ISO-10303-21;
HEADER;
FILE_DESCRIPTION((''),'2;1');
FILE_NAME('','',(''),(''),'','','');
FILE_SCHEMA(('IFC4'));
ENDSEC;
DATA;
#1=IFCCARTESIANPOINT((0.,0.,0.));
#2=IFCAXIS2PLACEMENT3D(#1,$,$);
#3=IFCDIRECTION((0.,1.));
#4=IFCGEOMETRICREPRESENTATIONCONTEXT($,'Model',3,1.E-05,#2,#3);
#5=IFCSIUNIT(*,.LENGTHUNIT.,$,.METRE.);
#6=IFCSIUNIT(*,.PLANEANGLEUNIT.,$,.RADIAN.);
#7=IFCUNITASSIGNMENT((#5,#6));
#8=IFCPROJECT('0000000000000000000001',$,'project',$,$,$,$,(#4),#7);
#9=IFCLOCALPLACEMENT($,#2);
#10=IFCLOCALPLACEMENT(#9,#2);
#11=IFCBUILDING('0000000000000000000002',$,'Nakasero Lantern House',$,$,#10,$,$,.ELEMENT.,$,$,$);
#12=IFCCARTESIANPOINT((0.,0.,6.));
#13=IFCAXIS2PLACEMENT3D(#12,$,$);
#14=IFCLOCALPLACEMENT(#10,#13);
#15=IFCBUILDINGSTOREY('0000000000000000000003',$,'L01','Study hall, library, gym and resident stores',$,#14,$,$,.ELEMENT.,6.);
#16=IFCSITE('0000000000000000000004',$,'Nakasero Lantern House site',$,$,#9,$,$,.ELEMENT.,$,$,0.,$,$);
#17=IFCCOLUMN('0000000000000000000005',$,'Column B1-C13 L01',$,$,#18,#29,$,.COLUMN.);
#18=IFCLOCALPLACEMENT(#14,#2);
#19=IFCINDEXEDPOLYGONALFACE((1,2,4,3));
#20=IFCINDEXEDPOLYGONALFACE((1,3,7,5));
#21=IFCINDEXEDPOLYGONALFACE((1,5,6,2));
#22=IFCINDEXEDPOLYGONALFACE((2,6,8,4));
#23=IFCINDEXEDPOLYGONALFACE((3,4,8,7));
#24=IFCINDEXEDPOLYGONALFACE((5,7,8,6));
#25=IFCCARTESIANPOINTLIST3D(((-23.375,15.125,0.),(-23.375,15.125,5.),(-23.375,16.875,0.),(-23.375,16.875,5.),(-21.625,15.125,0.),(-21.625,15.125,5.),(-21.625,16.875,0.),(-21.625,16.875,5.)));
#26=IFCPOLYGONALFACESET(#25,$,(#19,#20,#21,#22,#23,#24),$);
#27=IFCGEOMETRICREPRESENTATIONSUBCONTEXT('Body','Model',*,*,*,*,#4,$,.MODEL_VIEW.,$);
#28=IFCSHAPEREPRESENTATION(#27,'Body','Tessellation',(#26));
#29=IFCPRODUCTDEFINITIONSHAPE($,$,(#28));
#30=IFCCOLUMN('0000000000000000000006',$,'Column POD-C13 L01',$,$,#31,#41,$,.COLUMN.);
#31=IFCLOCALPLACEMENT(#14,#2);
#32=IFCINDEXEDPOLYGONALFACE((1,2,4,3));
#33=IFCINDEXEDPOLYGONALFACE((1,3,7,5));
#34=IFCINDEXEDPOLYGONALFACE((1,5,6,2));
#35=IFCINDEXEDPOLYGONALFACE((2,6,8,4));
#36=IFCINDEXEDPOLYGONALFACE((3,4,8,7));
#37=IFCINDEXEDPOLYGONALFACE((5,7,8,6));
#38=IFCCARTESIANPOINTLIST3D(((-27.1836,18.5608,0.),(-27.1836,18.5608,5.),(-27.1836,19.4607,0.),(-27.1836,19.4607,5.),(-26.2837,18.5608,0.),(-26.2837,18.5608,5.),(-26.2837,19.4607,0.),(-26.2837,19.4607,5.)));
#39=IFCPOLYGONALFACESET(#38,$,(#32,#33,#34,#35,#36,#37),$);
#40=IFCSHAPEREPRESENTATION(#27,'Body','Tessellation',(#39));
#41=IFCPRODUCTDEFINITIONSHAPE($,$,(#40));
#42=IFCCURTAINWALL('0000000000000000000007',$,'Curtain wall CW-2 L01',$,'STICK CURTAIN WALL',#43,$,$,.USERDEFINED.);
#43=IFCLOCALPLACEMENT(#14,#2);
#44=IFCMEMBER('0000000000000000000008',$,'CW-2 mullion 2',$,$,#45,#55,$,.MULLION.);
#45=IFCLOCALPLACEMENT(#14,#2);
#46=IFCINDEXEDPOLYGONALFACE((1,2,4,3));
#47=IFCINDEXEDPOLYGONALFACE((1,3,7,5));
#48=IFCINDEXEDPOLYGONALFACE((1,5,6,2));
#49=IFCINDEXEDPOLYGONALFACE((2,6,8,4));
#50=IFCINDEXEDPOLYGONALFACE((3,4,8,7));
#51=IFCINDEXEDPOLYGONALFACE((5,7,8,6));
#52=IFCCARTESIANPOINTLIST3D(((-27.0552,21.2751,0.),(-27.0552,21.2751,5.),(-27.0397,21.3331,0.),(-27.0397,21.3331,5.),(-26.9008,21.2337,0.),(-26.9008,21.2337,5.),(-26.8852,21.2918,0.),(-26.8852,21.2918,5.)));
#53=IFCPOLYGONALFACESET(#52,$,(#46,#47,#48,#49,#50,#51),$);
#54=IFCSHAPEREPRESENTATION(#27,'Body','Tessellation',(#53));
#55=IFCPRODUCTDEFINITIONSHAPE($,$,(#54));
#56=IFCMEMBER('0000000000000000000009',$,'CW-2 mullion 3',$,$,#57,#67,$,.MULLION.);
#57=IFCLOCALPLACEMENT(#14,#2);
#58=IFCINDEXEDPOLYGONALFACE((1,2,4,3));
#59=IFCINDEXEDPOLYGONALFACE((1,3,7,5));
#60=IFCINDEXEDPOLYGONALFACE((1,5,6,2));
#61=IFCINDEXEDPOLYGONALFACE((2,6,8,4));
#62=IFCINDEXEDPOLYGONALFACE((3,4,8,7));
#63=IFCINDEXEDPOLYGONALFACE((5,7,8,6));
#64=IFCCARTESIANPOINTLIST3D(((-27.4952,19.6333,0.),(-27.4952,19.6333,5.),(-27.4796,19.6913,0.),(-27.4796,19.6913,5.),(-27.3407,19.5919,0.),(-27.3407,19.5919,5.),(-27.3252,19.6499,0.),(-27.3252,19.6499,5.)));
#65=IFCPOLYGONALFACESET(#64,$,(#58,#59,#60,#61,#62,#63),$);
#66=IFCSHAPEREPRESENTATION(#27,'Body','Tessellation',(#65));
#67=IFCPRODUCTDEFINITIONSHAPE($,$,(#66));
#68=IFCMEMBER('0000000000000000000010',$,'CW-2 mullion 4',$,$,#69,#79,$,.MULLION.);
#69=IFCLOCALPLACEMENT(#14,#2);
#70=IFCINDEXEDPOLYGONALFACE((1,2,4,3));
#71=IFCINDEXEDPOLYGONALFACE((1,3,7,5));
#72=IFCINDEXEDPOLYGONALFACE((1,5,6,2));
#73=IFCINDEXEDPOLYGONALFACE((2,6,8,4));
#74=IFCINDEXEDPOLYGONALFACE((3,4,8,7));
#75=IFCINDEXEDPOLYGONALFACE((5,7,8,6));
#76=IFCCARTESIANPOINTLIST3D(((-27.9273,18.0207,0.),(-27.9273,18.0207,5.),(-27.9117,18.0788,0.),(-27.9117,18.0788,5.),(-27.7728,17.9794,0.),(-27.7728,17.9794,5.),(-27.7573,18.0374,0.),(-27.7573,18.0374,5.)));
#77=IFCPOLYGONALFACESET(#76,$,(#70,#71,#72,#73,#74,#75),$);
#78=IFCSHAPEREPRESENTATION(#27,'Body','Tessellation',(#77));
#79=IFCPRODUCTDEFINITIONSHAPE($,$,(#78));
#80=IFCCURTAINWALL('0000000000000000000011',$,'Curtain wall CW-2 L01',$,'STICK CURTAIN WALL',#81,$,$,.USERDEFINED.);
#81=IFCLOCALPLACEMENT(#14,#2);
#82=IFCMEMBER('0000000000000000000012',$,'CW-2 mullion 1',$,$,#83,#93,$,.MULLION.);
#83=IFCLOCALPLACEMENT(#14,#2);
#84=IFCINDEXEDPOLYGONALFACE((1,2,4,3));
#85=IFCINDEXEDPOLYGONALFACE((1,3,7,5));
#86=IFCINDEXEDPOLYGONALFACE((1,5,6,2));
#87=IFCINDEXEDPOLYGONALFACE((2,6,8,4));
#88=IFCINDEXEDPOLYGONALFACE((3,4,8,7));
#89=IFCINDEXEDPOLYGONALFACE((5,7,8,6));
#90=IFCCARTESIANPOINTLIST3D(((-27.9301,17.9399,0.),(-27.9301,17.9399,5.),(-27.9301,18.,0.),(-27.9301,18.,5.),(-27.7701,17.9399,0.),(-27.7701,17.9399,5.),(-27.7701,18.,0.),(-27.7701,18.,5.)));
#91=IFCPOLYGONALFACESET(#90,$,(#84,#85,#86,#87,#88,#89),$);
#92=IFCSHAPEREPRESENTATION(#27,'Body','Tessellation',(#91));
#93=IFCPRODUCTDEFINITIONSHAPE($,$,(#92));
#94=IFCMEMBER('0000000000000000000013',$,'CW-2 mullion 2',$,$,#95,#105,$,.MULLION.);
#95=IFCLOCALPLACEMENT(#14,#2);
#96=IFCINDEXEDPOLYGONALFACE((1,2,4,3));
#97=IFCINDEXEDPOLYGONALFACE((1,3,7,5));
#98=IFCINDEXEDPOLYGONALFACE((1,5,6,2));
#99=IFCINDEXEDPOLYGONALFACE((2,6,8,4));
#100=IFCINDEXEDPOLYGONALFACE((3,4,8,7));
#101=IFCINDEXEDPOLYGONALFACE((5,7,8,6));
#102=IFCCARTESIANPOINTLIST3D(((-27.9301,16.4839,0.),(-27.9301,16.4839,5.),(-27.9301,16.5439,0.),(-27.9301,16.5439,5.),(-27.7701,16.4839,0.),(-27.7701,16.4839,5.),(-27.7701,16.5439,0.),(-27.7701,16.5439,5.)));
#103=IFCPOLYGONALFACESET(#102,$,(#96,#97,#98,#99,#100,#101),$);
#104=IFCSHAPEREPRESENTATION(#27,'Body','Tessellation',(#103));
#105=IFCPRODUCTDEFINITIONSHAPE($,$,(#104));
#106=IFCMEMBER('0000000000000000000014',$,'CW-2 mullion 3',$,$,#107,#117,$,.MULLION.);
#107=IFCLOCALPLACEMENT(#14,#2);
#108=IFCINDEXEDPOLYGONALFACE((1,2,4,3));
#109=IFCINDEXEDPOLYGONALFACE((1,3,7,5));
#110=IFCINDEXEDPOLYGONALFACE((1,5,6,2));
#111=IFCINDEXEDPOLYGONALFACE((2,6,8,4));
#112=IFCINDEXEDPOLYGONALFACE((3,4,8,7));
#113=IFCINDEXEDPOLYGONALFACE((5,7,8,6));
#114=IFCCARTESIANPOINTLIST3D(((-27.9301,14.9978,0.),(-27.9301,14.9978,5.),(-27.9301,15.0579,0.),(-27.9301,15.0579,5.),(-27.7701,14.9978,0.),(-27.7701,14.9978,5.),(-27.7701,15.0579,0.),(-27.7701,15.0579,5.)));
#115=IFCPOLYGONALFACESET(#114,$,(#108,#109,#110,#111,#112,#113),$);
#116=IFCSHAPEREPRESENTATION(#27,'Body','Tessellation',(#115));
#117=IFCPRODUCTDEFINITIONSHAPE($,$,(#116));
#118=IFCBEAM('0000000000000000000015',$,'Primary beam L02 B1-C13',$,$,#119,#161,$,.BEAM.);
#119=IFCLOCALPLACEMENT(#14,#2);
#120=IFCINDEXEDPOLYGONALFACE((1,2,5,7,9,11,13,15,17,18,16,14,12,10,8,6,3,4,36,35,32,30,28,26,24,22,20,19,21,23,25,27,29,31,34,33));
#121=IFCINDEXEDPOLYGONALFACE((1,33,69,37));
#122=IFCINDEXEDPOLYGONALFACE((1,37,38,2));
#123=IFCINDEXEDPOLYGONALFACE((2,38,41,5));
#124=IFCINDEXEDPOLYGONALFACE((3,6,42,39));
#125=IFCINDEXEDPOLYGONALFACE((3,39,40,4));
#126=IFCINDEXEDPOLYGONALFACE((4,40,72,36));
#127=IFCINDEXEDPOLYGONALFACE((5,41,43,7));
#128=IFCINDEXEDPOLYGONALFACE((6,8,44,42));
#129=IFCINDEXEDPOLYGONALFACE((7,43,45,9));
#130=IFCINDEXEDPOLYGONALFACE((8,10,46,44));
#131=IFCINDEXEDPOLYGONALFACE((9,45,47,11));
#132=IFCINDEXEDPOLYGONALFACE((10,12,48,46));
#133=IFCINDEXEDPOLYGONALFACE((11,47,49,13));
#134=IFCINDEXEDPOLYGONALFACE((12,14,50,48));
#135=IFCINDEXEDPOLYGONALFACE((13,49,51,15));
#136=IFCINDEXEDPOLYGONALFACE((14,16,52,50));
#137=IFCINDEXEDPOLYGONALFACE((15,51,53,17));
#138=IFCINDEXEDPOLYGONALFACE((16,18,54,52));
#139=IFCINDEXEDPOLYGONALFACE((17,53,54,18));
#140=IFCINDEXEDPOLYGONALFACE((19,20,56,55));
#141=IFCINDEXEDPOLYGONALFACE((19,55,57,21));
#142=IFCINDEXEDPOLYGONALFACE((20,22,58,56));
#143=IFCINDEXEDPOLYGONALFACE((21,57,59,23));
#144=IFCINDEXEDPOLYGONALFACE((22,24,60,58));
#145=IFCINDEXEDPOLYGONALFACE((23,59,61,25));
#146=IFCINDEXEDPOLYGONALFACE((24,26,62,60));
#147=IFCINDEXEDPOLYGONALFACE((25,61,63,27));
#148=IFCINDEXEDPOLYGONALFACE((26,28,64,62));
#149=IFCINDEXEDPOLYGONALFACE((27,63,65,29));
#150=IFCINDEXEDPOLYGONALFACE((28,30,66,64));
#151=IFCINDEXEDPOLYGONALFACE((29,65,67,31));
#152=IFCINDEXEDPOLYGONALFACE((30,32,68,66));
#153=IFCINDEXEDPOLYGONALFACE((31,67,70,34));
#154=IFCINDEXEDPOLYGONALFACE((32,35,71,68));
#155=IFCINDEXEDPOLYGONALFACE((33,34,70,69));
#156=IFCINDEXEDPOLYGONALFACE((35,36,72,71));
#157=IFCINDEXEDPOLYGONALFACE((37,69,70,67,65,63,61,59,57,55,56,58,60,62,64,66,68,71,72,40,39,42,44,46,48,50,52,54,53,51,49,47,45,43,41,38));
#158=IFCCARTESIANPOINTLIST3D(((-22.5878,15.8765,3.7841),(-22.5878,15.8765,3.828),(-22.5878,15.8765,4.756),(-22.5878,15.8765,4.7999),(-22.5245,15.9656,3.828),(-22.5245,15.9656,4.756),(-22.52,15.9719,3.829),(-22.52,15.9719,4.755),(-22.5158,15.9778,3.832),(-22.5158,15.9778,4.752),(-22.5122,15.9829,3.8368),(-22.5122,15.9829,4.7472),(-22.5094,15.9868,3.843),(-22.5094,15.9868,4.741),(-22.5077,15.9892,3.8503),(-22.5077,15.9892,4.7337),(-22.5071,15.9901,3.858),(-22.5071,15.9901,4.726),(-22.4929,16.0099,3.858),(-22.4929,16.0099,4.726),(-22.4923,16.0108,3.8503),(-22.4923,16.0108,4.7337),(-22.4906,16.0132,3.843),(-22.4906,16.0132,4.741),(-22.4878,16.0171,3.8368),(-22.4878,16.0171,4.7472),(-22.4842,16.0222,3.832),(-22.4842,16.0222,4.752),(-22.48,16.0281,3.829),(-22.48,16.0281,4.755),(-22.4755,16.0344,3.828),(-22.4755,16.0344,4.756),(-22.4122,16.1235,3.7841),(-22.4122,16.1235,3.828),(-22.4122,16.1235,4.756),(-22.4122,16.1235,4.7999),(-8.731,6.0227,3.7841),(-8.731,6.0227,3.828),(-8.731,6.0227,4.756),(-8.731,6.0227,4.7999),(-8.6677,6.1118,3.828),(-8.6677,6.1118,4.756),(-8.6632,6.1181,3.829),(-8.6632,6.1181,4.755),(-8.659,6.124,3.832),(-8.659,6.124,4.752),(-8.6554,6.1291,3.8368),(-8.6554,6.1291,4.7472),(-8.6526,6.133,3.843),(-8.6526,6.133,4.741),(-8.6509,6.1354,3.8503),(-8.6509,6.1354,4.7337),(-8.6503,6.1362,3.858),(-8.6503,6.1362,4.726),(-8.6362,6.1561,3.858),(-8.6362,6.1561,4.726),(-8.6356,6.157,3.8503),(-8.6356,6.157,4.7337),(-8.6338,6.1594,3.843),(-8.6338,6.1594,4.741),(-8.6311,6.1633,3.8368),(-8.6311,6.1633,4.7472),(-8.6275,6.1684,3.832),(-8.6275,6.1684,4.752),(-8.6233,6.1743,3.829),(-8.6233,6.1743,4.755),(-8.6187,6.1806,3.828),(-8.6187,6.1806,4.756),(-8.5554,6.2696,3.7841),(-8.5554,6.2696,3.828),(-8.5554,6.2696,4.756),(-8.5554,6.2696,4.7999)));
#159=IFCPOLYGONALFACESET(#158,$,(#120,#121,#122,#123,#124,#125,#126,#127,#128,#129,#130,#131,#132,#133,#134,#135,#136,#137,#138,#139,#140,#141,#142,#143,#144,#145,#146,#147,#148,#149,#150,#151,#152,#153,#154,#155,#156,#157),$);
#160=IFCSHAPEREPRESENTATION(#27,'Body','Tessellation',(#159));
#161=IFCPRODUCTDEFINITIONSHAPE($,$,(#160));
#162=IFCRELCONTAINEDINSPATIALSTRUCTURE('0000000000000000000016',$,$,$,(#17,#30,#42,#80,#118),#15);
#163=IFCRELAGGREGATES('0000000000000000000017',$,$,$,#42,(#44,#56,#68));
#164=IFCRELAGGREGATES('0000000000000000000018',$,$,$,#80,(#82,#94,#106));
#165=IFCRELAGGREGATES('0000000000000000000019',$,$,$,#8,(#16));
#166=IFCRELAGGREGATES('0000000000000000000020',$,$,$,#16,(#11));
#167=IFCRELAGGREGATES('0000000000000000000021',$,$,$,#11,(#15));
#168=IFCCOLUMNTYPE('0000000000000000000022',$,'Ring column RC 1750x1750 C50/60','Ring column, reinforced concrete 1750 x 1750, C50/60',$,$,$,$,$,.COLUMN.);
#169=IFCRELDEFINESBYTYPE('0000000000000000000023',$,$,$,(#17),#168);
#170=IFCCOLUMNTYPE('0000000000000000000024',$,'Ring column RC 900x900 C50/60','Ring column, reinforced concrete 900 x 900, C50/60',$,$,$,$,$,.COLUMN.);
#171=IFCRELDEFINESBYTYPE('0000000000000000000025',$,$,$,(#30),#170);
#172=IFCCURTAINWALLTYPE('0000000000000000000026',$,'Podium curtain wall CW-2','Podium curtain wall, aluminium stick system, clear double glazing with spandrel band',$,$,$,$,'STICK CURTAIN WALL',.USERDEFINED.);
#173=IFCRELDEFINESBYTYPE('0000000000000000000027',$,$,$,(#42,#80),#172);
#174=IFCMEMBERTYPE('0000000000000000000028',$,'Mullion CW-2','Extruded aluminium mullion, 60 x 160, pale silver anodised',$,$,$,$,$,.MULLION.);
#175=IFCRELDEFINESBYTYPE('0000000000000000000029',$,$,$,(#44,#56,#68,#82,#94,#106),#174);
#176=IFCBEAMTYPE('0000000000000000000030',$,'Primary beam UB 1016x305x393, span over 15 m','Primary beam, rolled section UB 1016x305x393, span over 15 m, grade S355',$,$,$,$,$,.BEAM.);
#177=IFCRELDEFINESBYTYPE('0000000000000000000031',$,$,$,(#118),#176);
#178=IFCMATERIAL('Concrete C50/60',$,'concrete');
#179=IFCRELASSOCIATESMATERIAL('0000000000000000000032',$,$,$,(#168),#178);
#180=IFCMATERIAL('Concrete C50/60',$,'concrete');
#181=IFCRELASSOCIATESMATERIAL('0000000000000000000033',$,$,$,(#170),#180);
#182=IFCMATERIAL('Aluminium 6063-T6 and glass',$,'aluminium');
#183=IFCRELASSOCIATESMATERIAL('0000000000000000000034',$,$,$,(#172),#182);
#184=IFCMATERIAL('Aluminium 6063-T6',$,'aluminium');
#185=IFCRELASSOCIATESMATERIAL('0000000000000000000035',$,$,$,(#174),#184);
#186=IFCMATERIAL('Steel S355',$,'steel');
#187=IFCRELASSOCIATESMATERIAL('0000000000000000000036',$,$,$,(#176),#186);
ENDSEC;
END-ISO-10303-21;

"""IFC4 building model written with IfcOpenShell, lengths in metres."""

from ifc_helpers import new_model, si_unit, direction, frame, origin, origin_2d, place, context, subcontext, project, spatial, rectangle, i_section, extrude, material, material_profile, profile_set, type_object, element, aggregate, save


model = new_model("IFC4")

# Units and contexts
model_context = context("Model", 3, precision=1e-05, world=origin(), true_north=direction((0.0, 1.0)))
body_context = subcontext(model_context, "Body", "Model", "MODEL_VIEW")
ifc_project = project(units=[si_unit("LENGTHUNIT", "METRE"), si_unit("PLANEANGLEUNIT", "RADIAN")], contexts=[model_context])

# Site, building, storey
site_placement = place(None, origin())
site = spatial("IfcSite", under=ifc_project, at=site_placement, Name="Nakasero Lantern House site", CompositionType="ELEMENT", RefElevation=0.0)
building_placement = place(site_placement, origin())
building = spatial("IfcBuilding", under=site, at=building_placement, Name="Nakasero Lantern House", CompositionType="ELEMENT")
storey_placement = place(building_placement, frame((0.0, 0.0, 6.0)))
storey = spatial("IfcBuildingStorey", under=building, at=storey_placement, Name="L01", Description="Study hall, library, gym and resident stores", CompositionType="ELEMENT", Elevation=6.0)

# Columns
ifc_material_1 = material(Name="Concrete C50/60", Category="concrete")
ifc_material_profile_1 = material_profile(ifc_material_1, rectangle(XDim=1.75, YDim=1.75, at=origin_2d()), Name="RC 1750x1750")
ifc_profile_set_1 = profile_set([ifc_material_profile_1], Name="Concrete C50/60")
column_type_1 = type_object("IfcColumnType", Name="Ring column RC 1750x1750 C50/60", Description="Ring column, reinforced concrete 1750 x 1750, C50/60", PredefinedType="COLUMN", material=ifc_profile_set_1)
column_1_placement = place(storey_placement, frame((-22.5, 16.0, 0.0), z_axis=(0.0, 0.0, 1.0), x_axis=(1.0, 0.0, 0.0)))
element("IfcColumn", 1, at=column_1_placement, inside=storey, type_object=column_type_1, Name="Column B1-C13 L01", PredefinedType="COLUMN", context=body_context, shape_type="SweptSolid", body=[
    extrude(rectangle(XDim=1.75, YDim=1.75, at=origin_2d()), origin(), (0.0, 0.0, 1.0), 5.0),
])
ifc_material_2 = material(Name="Concrete C50/60", Category="concrete")
ifc_material_profile_2 = material_profile(ifc_material_2, rectangle(XDim=0.8999, YDim=0.8999, at=origin_2d()), Name="RC 900x900")
ifc_profile_set_2 = profile_set([ifc_material_profile_2], Name="Concrete C50/60")
column_type_2 = type_object("IfcColumnType", Name="Ring column RC 900x900 C50/60", Description="Ring column, reinforced concrete 900 x 900, C50/60", PredefinedType="COLUMN", material=ifc_profile_set_2)
column_2_placement = place(storey_placement, frame((-26.7336, 19.0107, 0.0), z_axis=(0.0, 0.0, 1.0), x_axis=(1.0, 0.0, 0.0)))
element("IfcColumn", 2, at=column_2_placement, inside=storey, type_object=column_type_2, Name="Column POD-C13 L01", PredefinedType="COLUMN", context=body_context, shape_type="SweptSolid", body=[
    extrude(rectangle(XDim=0.8999, YDim=0.8999, at=origin_2d()), origin(), (0.0, 0.0, 1.0), 5.0),
])

# Curtain walls, members
ifc_material_3 = material(Name="Aluminium 6063-T6 and glass", Category="aluminium")
curtain_wall_type = type_object("IfcCurtainWallType", Name="Podium curtain wall CW-2", Description="Podium curtain wall, aluminium stick system, clear double glazing with spandrel band", ElementType="STICK CURTAIN WALL", PredefinedType="USERDEFINED", material=ifc_material_3)
curtain_wall_1_placement = place(storey_placement, origin())
curtain_wall_1 = element("IfcCurtainWall", 3, at=curtain_wall_1_placement, inside=storey, type_object=curtain_wall_type, Name="Curtain wall CW-2 L01", ObjectType="STICK CURTAIN WALL", PredefinedType="USERDEFINED")
ifc_material_4 = material(Name="Aluminium 6063-T6", Category="aluminium")
ifc_material_profile_3 = material_profile(ifc_material_4, rectangle(XDim=0.0601, YDim=0.1599, at=origin_2d()), Name="CW-2 mullion 60x160")
ifc_profile_set_3 = profile_set([ifc_material_profile_3], Name="Aluminium 6063-T6")
member_type_1 = type_object("IfcMemberType", Name="Mullion CW-2", Description="Extruded aluminium mullion, 60 x 160, pale silver anodised", PredefinedType="MULLION", material=ifc_profile_set_3)
member_1_placement = place(storey_placement, frame((-26.9702, 21.2834, 0.0), z_axis=(0.0, 0.0, 1.0), x_axis=(-0.258819, -0.965926, 0.0)))
member_1 = element("IfcMember", 4, at=member_1_placement, type_object=member_type_1, Name="CW-2 mullion 2", PredefinedType="MULLION", context=body_context, shape_type="SweptSolid", body=[
    extrude(rectangle(XDim=0.0601, YDim=0.1599, at=origin_2d()), origin(), (0.0, 0.0, 1.0), 5.0),
])
member_2_placement = place(storey_placement, frame((-27.4102, 19.6416, 0.0), z_axis=(0.0, 0.0, 1.0), x_axis=(-0.258819, -0.965926, 0.0)))
member_2 = element("IfcMember", 5, at=member_2_placement, type_object=member_type_1, Name="CW-2 mullion 3", PredefinedType="MULLION", context=body_context, shape_type="SweptSolid", body=[
    extrude(rectangle(XDim=0.0601, YDim=0.1599, at=origin_2d()), origin(), (0.0, 0.0, 1.0), 5.0),
])
member_3_placement = place(storey_placement, frame((-27.8423, 18.0291, 0.0), z_axis=(0.0, 0.0, 1.0), x_axis=(-0.258819, -0.965926, 0.0)))
member_3 = element("IfcMember", 6, at=member_3_placement, type_object=member_type_1, Name="CW-2 mullion 4", PredefinedType="MULLION", context=body_context, shape_type="SweptSolid", body=[
    extrude(rectangle(XDim=0.0601, YDim=0.1599, at=origin_2d()), origin(), (0.0, 0.0, 1.0), 5.0),
])
curtain_wall_2_placement = place(storey_placement, origin())
curtain_wall_2 = element("IfcCurtainWall", 7, at=curtain_wall_2_placement, inside=storey, type_object=curtain_wall_type, Name="Curtain wall CW-2 L01", ObjectType="STICK CURTAIN WALL", PredefinedType="USERDEFINED")
member_4_placement = place(storey_placement, frame((-27.8501, 17.97, 0.0), z_axis=(0.0, 0.0, 1.0), x_axis=(0.0, -1.0, 0.0)))
member_4 = element("IfcMember", 8, at=member_4_placement, type_object=member_type_1, Name="CW-2 mullion 1", PredefinedType="MULLION", context=body_context, shape_type="SweptSolid", body=[
    extrude(rectangle(XDim=0.0601, YDim=0.1599, at=origin_2d()), origin(), (0.0, 0.0, 1.0), 5.0),
])
member_5_placement = place(storey_placement, frame((-27.8501, 16.5139, 0.0), z_axis=(0.0, 0.0, 1.0), x_axis=(0.0, -1.0, 0.0)))
member_5 = element("IfcMember", 9, at=member_5_placement, type_object=member_type_1, Name="CW-2 mullion 2", PredefinedType="MULLION", context=body_context, shape_type="SweptSolid", body=[
    extrude(rectangle(XDim=0.0601, YDim=0.1599, at=origin_2d()), origin(), (0.0, 0.0, 1.0), 5.0),
])
member_6_placement = place(storey_placement, frame((-27.8501, 15.0278, 0.0), z_axis=(0.0, 0.0, 1.0), x_axis=(0.0, -1.0, 0.0)))
member_6 = element("IfcMember", 10, at=member_6_placement, type_object=member_type_1, Name="CW-2 mullion 3", PredefinedType="MULLION", context=body_context, shape_type="SweptSolid", body=[
    extrude(rectangle(XDim=0.0601, YDim=0.1599, at=origin_2d()), origin(), (0.0, 0.0, 1.0), 5.0),
])

# Beam
ifc_material_5 = material(Name="Steel S355", Category="steel")
ifc_material_profile_4 = material_profile(ifc_material_5, i_section(OverallWidth=0.303, OverallDepth=1.0159, WebThickness=0.0244, FlangeThickness=0.0439, FilletRadius=0.03, at=origin_2d()), Name="UB 1016x305x393")
ifc_profile_set_4 = profile_set([ifc_material_profile_4], Name="Steel S355")
beam_type_1 = type_object("IfcBeamType", Name="Primary beam UB 1016x305x393, span over 15 m", Description="Primary beam, rolled section UB 1016x305x393, span over 15 m, grade S355", PredefinedType="BEAM", material=ifc_profile_set_4)
beam_1_placement = place(storey_placement, frame((-22.5, 16.0, 4.292), z_axis=(0.814952, -0.579528, 0.0), x_axis=(0.579528, 0.814952, 0.0)))
element("IfcBeam", 11, at=beam_1_placement, inside=storey, type_object=beam_type_1, Name="Primary beam L02 B1-C13", PredefinedType="BEAM", context=body_context, shape_type="SweptSolid", body=[
    extrude(i_section(OverallWidth=0.303, OverallDepth=1.0159, WebThickness=0.0244, FlangeThickness=0.0439, FilletRadius=0.03, at=origin_2d()), origin(), (0.0, 0.0, 1.0), 17.0032),
])

aggregate(curtain_wall_1, [member_1, member_2, member_3])
aggregate(curtain_wall_2, [member_4, member_5, member_6])

save(model, "model.ifc")
